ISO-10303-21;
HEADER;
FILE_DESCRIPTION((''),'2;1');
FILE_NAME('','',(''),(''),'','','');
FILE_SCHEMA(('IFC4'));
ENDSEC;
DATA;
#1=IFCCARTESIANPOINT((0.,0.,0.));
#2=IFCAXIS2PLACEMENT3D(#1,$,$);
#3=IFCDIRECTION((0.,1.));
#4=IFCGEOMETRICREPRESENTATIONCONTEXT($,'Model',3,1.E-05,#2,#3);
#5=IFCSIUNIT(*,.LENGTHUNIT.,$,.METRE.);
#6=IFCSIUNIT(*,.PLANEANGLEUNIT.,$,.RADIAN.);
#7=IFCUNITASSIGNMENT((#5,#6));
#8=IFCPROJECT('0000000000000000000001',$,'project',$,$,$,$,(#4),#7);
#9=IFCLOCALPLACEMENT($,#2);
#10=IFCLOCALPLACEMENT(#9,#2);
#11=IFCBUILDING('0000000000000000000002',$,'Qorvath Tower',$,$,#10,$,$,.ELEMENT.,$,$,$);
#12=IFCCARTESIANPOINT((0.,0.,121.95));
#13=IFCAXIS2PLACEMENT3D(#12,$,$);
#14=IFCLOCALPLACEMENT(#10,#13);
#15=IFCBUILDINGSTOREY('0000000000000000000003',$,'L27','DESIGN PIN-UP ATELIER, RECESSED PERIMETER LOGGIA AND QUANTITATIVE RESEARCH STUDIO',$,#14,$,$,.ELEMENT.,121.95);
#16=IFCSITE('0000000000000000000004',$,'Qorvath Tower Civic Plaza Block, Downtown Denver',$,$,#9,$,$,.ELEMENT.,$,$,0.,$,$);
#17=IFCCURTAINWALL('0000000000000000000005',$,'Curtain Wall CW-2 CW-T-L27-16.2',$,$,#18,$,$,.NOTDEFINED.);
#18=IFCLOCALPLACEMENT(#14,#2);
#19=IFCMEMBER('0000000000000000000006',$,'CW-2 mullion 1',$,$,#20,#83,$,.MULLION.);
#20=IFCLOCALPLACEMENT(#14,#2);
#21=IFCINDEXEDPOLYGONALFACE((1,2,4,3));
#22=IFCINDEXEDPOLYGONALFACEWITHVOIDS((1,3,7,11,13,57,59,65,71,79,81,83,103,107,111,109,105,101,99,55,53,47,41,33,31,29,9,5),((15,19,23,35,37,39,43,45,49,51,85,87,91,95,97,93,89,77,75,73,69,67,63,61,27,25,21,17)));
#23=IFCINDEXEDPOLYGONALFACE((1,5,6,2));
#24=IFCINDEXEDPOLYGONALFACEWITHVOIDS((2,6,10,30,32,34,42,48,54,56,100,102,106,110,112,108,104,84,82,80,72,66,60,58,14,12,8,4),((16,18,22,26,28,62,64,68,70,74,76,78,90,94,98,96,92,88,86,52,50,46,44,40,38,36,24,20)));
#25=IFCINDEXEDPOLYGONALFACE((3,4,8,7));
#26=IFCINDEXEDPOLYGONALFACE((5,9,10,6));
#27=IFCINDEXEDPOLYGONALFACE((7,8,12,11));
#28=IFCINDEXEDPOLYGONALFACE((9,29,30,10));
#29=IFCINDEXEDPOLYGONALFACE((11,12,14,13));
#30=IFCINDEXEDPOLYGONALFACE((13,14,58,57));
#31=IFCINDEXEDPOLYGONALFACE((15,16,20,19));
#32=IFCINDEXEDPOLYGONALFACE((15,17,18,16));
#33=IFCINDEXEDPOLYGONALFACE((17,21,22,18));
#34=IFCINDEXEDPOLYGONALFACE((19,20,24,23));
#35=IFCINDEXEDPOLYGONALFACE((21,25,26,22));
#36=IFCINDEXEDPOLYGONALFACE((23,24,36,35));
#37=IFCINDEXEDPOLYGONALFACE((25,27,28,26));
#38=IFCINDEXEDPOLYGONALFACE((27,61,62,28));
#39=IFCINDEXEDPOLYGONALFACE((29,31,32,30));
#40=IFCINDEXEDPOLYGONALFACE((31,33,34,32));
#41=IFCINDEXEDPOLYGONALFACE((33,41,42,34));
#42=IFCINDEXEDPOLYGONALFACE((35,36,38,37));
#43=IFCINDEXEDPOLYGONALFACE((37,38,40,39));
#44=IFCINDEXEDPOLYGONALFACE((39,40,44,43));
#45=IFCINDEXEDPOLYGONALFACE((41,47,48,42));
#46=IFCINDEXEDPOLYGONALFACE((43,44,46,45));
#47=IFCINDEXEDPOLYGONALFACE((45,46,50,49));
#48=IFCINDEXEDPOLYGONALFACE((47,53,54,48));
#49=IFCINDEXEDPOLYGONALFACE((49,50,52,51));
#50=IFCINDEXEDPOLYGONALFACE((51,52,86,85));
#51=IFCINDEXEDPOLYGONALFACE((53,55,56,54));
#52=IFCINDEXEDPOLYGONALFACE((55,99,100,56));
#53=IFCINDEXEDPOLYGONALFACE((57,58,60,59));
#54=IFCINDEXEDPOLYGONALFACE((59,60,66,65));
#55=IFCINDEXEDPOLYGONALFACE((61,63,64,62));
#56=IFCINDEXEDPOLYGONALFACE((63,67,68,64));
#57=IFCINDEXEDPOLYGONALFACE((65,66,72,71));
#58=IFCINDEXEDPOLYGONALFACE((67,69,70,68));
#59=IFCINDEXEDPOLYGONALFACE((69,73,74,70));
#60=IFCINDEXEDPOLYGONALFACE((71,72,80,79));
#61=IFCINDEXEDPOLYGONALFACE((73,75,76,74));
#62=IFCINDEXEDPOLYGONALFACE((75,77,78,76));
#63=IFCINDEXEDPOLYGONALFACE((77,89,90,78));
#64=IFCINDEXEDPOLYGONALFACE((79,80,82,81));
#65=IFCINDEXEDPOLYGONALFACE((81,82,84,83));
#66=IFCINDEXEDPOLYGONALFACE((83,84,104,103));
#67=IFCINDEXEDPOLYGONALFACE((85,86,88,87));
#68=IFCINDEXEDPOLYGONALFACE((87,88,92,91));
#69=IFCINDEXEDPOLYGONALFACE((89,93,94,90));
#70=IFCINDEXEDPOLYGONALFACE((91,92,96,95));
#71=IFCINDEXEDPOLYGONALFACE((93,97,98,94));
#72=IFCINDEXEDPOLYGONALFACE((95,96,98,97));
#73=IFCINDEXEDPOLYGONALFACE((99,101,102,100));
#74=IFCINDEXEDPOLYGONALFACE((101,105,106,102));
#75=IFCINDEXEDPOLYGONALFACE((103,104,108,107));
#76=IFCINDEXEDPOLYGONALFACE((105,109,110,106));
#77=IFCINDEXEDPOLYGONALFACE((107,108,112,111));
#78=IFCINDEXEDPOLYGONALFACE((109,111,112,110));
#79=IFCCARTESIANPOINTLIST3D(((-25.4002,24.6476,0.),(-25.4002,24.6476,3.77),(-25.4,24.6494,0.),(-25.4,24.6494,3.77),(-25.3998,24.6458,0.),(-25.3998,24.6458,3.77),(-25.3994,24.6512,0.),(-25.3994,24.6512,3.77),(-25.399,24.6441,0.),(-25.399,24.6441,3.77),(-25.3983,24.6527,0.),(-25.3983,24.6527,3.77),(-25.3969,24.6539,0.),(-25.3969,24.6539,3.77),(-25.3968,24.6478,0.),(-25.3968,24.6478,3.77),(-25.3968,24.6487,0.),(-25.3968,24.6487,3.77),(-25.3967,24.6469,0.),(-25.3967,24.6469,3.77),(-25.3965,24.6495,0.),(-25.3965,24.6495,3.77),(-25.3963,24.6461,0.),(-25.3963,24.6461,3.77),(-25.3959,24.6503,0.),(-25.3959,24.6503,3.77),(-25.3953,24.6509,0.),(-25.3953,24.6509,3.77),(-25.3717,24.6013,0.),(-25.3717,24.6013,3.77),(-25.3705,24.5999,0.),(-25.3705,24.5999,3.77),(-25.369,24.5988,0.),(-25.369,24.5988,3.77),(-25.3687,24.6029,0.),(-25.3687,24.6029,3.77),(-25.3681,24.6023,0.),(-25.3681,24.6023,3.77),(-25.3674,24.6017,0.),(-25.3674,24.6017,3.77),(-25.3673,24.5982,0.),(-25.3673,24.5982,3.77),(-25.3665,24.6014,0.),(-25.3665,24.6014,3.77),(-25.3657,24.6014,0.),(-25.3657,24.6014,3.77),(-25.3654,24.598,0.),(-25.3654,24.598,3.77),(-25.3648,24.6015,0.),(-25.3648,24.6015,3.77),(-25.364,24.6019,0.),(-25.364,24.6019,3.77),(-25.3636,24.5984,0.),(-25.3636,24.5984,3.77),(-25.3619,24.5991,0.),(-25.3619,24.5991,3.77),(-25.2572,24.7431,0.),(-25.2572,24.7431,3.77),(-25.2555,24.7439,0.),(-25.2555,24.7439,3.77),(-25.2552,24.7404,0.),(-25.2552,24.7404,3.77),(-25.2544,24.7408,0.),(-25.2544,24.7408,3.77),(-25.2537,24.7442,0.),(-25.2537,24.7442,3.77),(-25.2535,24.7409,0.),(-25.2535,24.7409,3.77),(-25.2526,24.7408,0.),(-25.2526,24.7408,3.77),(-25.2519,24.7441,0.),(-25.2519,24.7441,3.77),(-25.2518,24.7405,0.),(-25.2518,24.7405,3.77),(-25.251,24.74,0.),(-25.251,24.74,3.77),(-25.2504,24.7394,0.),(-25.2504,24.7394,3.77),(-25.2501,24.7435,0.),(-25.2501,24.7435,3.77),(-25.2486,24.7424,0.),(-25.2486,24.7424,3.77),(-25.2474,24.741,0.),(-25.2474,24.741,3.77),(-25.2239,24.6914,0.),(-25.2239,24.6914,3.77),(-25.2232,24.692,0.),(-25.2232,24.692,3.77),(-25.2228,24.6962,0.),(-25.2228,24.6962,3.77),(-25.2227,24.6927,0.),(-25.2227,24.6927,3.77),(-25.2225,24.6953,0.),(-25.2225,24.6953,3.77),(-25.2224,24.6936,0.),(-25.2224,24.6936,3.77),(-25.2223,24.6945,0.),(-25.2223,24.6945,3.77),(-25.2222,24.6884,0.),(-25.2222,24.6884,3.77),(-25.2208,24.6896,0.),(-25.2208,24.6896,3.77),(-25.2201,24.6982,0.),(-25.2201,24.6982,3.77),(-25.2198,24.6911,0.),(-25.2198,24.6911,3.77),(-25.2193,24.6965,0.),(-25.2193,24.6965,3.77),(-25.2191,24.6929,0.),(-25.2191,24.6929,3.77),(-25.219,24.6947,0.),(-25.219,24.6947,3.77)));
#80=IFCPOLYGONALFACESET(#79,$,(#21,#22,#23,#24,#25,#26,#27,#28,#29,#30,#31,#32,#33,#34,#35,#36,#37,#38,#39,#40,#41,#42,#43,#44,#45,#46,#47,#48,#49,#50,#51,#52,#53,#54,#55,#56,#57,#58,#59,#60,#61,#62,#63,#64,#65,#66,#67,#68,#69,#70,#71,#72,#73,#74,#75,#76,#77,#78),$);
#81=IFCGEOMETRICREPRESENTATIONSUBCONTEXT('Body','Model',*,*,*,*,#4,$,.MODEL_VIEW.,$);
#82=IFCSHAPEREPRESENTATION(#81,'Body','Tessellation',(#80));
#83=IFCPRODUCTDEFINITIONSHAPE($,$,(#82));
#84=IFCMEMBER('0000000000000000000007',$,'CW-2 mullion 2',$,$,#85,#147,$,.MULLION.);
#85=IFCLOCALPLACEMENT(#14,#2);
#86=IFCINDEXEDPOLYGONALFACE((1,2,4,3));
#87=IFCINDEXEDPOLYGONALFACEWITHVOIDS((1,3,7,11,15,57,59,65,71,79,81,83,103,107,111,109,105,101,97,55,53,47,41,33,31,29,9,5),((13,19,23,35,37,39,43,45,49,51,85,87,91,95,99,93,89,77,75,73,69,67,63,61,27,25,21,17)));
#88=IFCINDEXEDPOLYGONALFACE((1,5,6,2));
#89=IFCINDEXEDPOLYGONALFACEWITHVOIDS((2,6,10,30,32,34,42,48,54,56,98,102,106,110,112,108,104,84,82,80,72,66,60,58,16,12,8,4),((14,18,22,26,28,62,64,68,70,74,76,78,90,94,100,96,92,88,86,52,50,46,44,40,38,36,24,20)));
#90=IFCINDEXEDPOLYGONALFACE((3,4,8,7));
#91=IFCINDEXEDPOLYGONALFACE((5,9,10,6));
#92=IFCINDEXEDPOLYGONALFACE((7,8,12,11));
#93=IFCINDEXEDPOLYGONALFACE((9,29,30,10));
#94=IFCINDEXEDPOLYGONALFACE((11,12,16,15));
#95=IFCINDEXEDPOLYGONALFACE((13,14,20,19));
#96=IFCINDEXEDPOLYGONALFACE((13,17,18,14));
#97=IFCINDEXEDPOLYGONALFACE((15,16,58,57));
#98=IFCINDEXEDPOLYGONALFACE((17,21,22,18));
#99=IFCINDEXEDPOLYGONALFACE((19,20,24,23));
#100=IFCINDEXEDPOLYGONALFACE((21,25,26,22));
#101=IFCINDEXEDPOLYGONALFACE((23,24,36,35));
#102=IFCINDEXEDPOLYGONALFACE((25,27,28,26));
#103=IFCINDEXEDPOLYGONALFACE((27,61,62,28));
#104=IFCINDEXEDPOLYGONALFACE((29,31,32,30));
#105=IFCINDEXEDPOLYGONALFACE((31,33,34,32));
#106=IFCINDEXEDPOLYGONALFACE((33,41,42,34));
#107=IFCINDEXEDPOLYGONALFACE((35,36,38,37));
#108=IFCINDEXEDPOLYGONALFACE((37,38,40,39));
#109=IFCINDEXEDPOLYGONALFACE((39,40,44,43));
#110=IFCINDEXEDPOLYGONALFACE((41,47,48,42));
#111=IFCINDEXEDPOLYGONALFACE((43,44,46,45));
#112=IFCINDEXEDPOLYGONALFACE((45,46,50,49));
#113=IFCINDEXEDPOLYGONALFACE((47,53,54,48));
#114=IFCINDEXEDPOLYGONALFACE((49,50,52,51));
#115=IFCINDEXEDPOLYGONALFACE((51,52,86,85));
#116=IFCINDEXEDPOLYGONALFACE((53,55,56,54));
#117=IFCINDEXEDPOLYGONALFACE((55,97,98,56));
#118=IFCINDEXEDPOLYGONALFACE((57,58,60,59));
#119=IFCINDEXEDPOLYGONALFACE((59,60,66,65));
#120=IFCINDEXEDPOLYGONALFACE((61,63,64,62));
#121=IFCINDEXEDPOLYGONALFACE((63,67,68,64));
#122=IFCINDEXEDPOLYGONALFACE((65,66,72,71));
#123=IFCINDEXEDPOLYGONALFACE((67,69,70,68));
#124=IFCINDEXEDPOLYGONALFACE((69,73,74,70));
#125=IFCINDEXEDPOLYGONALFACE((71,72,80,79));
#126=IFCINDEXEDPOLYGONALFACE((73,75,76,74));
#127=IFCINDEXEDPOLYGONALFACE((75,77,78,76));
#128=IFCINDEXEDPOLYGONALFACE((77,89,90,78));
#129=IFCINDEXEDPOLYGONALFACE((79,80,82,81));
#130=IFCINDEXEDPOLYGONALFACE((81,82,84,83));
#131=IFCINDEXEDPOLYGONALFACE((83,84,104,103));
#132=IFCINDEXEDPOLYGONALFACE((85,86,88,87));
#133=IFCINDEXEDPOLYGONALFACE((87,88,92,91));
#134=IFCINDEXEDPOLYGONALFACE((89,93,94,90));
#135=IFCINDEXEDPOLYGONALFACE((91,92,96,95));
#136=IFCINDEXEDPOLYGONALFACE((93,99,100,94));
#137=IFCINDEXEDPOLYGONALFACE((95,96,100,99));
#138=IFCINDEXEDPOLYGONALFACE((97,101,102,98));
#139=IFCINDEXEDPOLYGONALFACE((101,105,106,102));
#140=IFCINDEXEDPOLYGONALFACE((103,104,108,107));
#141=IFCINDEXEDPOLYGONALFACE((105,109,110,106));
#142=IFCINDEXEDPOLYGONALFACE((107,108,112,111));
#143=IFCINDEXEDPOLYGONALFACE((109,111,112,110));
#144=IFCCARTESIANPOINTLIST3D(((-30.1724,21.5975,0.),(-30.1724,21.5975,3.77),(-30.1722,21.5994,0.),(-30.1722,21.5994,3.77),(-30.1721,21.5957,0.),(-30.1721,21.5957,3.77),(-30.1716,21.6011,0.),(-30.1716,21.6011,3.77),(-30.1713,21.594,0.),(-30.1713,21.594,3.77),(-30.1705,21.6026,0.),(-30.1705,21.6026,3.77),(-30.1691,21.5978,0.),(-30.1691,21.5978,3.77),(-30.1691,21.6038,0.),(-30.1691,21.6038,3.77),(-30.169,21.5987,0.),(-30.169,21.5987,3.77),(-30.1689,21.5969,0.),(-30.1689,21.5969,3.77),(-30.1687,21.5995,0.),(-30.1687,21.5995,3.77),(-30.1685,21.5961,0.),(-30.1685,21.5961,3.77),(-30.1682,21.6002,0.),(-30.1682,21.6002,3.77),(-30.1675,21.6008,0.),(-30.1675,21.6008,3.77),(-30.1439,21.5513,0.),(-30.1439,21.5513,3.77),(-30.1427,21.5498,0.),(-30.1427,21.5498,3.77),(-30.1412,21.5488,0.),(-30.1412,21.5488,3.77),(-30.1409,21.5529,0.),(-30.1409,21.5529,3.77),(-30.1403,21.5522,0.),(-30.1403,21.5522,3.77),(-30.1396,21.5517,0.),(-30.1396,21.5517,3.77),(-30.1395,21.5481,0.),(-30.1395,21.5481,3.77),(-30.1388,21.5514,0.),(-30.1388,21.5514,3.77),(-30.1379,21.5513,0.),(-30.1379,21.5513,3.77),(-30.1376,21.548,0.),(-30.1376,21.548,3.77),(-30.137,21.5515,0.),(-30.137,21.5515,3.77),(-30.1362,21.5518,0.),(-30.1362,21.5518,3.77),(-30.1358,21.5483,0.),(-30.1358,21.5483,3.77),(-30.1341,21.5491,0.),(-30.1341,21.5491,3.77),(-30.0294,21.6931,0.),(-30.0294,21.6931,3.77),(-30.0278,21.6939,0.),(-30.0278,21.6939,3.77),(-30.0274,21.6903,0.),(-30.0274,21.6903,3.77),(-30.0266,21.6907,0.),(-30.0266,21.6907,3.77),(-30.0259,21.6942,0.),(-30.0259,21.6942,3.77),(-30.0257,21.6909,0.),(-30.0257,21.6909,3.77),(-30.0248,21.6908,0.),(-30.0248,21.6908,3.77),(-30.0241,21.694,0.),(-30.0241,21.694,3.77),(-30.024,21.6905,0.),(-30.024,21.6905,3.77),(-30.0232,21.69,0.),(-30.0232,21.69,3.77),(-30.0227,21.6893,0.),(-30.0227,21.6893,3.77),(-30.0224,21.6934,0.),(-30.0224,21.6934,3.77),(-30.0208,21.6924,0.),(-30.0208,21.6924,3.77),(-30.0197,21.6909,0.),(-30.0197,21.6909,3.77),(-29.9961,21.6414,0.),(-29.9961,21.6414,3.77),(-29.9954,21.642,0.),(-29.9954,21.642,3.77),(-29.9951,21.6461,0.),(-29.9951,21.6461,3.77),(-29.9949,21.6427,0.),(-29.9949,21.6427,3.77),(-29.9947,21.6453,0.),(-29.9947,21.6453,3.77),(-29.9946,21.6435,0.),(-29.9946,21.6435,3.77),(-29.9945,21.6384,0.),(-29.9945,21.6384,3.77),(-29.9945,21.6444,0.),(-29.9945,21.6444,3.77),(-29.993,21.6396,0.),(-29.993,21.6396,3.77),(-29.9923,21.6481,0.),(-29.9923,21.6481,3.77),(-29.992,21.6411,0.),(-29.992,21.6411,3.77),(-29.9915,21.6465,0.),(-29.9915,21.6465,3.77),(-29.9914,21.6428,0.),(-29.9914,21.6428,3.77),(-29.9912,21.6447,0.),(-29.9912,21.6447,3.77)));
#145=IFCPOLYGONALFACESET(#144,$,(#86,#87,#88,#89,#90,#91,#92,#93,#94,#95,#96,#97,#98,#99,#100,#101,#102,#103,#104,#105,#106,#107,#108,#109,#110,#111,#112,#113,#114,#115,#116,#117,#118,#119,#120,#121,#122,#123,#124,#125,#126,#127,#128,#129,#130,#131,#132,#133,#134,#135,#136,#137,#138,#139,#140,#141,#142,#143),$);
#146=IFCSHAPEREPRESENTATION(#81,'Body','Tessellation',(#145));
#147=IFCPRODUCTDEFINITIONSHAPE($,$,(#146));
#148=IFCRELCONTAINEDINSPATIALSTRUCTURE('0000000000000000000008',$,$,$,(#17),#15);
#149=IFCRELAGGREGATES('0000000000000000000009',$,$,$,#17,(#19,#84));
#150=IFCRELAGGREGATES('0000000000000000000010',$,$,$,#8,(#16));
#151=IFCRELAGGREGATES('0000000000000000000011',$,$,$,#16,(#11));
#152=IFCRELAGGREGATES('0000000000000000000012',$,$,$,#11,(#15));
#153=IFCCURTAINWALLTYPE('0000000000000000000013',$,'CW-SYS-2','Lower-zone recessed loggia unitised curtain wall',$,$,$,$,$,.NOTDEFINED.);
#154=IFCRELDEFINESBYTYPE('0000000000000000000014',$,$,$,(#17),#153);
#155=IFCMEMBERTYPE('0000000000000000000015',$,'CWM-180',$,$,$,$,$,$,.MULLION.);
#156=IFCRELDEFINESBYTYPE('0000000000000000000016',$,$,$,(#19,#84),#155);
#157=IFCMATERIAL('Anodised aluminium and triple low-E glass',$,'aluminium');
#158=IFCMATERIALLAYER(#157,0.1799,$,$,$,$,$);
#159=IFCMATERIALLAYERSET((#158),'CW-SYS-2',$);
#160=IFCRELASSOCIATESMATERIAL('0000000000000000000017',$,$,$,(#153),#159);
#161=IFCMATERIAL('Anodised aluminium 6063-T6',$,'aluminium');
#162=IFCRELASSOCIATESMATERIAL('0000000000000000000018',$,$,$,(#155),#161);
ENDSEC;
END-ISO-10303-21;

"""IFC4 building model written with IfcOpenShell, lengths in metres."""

from ifc_helpers import new_model, si_unit, direction, frame, origin, origin_2d, place, context, subcontext, project, spatial, hollow_rectangle, extrude, material, layer, layer_set, material_profile, profile_set, type_object, element, aggregate, save


model = new_model("IFC4")

# Units and contexts
model_context = context("Model", 3, precision=1e-05, world=origin(), true_north=direction((0.0, 1.0)))
body_context = subcontext(model_context, "Body", "Model", "MODEL_VIEW")
ifc_project = project(units=[si_unit("LENGTHUNIT", "METRE"), si_unit("PLANEANGLEUNIT", "RADIAN")], contexts=[model_context])

# Site, building, storey
site_placement = place(None, origin())
site = spatial("IfcSite", under=ifc_project, at=site_placement, Name="Qorvath Tower Civic Plaza Block, Downtown Denver", CompositionType="ELEMENT", RefElevation=0.0)
building_placement = place(site_placement, origin())
building = spatial("IfcBuilding", under=site, at=building_placement, Name="Qorvath Tower", CompositionType="ELEMENT")
storey_placement = place(building_placement, frame((0.0, 0.0, 121.95)))
storey = spatial("IfcBuildingStorey", under=building, at=storey_placement, Name="L27", Description="DESIGN PIN-UP ATELIER, RECESSED PERIMETER LOGGIA AND QUANTITATIVE RESEARCH STUDIO", CompositionType="ELEMENT", Elevation=121.95)

# Curtain wall, members
ifc_material_1 = material(Name="Anodised aluminium and triple low-E glass", Category="aluminium")
ifc_layer_1 = layer(ifc_material_1, 0.1799)
ifc_layer_set_1 = layer_set([ifc_layer_1], Name="CW-SYS-2")
curtain_wall_type = type_object("IfcCurtainWallType", Name="CW-SYS-2", Description="Lower-zone recessed loggia unitised curtain wall", PredefinedType="NOTDEFINED", material=ifc_layer_set_1)
ifc_material_2 = material(Name="Anodised aluminium 6063-T6", Category="aluminium")
ifc_material_profile_1 = material_profile(ifc_material_2, hollow_rectangle(XDim=0.0649, YDim=0.1799, WallThickness=0.0034, InnerFilletRadius=0.0034, OuterFilletRadius=0.0071, at=origin_2d()), Name="CWM 180x65")
ifc_profile_set_1 = profile_set([ifc_material_profile_1], Name="Anodised aluminium 6063-T6")
member_type_1 = type_object("IfcMemberType", Name="CWM-180", PredefinedType="MULLION", material=ifc_profile_set_1)
curtain_wall_1_placement = place(storey_placement, origin())
curtain_wall_1 = element("IfcCurtainWall", 1, at=curtain_wall_1_placement, inside=storey, type_object=curtain_wall_type, Name="Curtain Wall CW-2 CW-T-L27-16.2", PredefinedType="NOTDEFINED")
member_1_placement = place(storey_placement, frame((-25.3096, 24.6711, 0.0), z_axis=(0.0, 0.0, 1.0), x_axis=(0.53853, -0.842607, 0.0)))
member_1 = element("IfcMember", 2, at=member_1_placement, type_object=member_type_1, Name="CW-2 mullion 1", PredefinedType="MULLION", context=body_context, shape_type="SweptSolid", body=[
    extrude(hollow_rectangle(XDim=0.0649, YDim=0.1799, WallThickness=0.0034, InnerFilletRadius=0.0034, OuterFilletRadius=0.0071, at=origin_2d()), origin(), (0.0, 0.0, 1.0), 3.77),
])
member_2_placement = place(storey_placement, frame((-30.0818, 21.6211, 0.0), z_axis=(0.0, 0.0, 1.0), x_axis=(0.53853, -0.842607, 0.0)))
member_2 = element("IfcMember", 3, at=member_2_placement, type_object=member_type_1, Name="CW-2 mullion 2", PredefinedType="MULLION", context=body_context, shape_type="SweptSolid", body=[
    extrude(hollow_rectangle(XDim=0.0649, YDim=0.1799, WallThickness=0.0034, InnerFilletRadius=0.0034, OuterFilletRadius=0.0071, at=origin_2d()), origin(), (0.0, 0.0, 1.0), 3.77),
])

aggregate(curtain_wall_1, [member_1, member_2])

save(model, "model.ifc")
